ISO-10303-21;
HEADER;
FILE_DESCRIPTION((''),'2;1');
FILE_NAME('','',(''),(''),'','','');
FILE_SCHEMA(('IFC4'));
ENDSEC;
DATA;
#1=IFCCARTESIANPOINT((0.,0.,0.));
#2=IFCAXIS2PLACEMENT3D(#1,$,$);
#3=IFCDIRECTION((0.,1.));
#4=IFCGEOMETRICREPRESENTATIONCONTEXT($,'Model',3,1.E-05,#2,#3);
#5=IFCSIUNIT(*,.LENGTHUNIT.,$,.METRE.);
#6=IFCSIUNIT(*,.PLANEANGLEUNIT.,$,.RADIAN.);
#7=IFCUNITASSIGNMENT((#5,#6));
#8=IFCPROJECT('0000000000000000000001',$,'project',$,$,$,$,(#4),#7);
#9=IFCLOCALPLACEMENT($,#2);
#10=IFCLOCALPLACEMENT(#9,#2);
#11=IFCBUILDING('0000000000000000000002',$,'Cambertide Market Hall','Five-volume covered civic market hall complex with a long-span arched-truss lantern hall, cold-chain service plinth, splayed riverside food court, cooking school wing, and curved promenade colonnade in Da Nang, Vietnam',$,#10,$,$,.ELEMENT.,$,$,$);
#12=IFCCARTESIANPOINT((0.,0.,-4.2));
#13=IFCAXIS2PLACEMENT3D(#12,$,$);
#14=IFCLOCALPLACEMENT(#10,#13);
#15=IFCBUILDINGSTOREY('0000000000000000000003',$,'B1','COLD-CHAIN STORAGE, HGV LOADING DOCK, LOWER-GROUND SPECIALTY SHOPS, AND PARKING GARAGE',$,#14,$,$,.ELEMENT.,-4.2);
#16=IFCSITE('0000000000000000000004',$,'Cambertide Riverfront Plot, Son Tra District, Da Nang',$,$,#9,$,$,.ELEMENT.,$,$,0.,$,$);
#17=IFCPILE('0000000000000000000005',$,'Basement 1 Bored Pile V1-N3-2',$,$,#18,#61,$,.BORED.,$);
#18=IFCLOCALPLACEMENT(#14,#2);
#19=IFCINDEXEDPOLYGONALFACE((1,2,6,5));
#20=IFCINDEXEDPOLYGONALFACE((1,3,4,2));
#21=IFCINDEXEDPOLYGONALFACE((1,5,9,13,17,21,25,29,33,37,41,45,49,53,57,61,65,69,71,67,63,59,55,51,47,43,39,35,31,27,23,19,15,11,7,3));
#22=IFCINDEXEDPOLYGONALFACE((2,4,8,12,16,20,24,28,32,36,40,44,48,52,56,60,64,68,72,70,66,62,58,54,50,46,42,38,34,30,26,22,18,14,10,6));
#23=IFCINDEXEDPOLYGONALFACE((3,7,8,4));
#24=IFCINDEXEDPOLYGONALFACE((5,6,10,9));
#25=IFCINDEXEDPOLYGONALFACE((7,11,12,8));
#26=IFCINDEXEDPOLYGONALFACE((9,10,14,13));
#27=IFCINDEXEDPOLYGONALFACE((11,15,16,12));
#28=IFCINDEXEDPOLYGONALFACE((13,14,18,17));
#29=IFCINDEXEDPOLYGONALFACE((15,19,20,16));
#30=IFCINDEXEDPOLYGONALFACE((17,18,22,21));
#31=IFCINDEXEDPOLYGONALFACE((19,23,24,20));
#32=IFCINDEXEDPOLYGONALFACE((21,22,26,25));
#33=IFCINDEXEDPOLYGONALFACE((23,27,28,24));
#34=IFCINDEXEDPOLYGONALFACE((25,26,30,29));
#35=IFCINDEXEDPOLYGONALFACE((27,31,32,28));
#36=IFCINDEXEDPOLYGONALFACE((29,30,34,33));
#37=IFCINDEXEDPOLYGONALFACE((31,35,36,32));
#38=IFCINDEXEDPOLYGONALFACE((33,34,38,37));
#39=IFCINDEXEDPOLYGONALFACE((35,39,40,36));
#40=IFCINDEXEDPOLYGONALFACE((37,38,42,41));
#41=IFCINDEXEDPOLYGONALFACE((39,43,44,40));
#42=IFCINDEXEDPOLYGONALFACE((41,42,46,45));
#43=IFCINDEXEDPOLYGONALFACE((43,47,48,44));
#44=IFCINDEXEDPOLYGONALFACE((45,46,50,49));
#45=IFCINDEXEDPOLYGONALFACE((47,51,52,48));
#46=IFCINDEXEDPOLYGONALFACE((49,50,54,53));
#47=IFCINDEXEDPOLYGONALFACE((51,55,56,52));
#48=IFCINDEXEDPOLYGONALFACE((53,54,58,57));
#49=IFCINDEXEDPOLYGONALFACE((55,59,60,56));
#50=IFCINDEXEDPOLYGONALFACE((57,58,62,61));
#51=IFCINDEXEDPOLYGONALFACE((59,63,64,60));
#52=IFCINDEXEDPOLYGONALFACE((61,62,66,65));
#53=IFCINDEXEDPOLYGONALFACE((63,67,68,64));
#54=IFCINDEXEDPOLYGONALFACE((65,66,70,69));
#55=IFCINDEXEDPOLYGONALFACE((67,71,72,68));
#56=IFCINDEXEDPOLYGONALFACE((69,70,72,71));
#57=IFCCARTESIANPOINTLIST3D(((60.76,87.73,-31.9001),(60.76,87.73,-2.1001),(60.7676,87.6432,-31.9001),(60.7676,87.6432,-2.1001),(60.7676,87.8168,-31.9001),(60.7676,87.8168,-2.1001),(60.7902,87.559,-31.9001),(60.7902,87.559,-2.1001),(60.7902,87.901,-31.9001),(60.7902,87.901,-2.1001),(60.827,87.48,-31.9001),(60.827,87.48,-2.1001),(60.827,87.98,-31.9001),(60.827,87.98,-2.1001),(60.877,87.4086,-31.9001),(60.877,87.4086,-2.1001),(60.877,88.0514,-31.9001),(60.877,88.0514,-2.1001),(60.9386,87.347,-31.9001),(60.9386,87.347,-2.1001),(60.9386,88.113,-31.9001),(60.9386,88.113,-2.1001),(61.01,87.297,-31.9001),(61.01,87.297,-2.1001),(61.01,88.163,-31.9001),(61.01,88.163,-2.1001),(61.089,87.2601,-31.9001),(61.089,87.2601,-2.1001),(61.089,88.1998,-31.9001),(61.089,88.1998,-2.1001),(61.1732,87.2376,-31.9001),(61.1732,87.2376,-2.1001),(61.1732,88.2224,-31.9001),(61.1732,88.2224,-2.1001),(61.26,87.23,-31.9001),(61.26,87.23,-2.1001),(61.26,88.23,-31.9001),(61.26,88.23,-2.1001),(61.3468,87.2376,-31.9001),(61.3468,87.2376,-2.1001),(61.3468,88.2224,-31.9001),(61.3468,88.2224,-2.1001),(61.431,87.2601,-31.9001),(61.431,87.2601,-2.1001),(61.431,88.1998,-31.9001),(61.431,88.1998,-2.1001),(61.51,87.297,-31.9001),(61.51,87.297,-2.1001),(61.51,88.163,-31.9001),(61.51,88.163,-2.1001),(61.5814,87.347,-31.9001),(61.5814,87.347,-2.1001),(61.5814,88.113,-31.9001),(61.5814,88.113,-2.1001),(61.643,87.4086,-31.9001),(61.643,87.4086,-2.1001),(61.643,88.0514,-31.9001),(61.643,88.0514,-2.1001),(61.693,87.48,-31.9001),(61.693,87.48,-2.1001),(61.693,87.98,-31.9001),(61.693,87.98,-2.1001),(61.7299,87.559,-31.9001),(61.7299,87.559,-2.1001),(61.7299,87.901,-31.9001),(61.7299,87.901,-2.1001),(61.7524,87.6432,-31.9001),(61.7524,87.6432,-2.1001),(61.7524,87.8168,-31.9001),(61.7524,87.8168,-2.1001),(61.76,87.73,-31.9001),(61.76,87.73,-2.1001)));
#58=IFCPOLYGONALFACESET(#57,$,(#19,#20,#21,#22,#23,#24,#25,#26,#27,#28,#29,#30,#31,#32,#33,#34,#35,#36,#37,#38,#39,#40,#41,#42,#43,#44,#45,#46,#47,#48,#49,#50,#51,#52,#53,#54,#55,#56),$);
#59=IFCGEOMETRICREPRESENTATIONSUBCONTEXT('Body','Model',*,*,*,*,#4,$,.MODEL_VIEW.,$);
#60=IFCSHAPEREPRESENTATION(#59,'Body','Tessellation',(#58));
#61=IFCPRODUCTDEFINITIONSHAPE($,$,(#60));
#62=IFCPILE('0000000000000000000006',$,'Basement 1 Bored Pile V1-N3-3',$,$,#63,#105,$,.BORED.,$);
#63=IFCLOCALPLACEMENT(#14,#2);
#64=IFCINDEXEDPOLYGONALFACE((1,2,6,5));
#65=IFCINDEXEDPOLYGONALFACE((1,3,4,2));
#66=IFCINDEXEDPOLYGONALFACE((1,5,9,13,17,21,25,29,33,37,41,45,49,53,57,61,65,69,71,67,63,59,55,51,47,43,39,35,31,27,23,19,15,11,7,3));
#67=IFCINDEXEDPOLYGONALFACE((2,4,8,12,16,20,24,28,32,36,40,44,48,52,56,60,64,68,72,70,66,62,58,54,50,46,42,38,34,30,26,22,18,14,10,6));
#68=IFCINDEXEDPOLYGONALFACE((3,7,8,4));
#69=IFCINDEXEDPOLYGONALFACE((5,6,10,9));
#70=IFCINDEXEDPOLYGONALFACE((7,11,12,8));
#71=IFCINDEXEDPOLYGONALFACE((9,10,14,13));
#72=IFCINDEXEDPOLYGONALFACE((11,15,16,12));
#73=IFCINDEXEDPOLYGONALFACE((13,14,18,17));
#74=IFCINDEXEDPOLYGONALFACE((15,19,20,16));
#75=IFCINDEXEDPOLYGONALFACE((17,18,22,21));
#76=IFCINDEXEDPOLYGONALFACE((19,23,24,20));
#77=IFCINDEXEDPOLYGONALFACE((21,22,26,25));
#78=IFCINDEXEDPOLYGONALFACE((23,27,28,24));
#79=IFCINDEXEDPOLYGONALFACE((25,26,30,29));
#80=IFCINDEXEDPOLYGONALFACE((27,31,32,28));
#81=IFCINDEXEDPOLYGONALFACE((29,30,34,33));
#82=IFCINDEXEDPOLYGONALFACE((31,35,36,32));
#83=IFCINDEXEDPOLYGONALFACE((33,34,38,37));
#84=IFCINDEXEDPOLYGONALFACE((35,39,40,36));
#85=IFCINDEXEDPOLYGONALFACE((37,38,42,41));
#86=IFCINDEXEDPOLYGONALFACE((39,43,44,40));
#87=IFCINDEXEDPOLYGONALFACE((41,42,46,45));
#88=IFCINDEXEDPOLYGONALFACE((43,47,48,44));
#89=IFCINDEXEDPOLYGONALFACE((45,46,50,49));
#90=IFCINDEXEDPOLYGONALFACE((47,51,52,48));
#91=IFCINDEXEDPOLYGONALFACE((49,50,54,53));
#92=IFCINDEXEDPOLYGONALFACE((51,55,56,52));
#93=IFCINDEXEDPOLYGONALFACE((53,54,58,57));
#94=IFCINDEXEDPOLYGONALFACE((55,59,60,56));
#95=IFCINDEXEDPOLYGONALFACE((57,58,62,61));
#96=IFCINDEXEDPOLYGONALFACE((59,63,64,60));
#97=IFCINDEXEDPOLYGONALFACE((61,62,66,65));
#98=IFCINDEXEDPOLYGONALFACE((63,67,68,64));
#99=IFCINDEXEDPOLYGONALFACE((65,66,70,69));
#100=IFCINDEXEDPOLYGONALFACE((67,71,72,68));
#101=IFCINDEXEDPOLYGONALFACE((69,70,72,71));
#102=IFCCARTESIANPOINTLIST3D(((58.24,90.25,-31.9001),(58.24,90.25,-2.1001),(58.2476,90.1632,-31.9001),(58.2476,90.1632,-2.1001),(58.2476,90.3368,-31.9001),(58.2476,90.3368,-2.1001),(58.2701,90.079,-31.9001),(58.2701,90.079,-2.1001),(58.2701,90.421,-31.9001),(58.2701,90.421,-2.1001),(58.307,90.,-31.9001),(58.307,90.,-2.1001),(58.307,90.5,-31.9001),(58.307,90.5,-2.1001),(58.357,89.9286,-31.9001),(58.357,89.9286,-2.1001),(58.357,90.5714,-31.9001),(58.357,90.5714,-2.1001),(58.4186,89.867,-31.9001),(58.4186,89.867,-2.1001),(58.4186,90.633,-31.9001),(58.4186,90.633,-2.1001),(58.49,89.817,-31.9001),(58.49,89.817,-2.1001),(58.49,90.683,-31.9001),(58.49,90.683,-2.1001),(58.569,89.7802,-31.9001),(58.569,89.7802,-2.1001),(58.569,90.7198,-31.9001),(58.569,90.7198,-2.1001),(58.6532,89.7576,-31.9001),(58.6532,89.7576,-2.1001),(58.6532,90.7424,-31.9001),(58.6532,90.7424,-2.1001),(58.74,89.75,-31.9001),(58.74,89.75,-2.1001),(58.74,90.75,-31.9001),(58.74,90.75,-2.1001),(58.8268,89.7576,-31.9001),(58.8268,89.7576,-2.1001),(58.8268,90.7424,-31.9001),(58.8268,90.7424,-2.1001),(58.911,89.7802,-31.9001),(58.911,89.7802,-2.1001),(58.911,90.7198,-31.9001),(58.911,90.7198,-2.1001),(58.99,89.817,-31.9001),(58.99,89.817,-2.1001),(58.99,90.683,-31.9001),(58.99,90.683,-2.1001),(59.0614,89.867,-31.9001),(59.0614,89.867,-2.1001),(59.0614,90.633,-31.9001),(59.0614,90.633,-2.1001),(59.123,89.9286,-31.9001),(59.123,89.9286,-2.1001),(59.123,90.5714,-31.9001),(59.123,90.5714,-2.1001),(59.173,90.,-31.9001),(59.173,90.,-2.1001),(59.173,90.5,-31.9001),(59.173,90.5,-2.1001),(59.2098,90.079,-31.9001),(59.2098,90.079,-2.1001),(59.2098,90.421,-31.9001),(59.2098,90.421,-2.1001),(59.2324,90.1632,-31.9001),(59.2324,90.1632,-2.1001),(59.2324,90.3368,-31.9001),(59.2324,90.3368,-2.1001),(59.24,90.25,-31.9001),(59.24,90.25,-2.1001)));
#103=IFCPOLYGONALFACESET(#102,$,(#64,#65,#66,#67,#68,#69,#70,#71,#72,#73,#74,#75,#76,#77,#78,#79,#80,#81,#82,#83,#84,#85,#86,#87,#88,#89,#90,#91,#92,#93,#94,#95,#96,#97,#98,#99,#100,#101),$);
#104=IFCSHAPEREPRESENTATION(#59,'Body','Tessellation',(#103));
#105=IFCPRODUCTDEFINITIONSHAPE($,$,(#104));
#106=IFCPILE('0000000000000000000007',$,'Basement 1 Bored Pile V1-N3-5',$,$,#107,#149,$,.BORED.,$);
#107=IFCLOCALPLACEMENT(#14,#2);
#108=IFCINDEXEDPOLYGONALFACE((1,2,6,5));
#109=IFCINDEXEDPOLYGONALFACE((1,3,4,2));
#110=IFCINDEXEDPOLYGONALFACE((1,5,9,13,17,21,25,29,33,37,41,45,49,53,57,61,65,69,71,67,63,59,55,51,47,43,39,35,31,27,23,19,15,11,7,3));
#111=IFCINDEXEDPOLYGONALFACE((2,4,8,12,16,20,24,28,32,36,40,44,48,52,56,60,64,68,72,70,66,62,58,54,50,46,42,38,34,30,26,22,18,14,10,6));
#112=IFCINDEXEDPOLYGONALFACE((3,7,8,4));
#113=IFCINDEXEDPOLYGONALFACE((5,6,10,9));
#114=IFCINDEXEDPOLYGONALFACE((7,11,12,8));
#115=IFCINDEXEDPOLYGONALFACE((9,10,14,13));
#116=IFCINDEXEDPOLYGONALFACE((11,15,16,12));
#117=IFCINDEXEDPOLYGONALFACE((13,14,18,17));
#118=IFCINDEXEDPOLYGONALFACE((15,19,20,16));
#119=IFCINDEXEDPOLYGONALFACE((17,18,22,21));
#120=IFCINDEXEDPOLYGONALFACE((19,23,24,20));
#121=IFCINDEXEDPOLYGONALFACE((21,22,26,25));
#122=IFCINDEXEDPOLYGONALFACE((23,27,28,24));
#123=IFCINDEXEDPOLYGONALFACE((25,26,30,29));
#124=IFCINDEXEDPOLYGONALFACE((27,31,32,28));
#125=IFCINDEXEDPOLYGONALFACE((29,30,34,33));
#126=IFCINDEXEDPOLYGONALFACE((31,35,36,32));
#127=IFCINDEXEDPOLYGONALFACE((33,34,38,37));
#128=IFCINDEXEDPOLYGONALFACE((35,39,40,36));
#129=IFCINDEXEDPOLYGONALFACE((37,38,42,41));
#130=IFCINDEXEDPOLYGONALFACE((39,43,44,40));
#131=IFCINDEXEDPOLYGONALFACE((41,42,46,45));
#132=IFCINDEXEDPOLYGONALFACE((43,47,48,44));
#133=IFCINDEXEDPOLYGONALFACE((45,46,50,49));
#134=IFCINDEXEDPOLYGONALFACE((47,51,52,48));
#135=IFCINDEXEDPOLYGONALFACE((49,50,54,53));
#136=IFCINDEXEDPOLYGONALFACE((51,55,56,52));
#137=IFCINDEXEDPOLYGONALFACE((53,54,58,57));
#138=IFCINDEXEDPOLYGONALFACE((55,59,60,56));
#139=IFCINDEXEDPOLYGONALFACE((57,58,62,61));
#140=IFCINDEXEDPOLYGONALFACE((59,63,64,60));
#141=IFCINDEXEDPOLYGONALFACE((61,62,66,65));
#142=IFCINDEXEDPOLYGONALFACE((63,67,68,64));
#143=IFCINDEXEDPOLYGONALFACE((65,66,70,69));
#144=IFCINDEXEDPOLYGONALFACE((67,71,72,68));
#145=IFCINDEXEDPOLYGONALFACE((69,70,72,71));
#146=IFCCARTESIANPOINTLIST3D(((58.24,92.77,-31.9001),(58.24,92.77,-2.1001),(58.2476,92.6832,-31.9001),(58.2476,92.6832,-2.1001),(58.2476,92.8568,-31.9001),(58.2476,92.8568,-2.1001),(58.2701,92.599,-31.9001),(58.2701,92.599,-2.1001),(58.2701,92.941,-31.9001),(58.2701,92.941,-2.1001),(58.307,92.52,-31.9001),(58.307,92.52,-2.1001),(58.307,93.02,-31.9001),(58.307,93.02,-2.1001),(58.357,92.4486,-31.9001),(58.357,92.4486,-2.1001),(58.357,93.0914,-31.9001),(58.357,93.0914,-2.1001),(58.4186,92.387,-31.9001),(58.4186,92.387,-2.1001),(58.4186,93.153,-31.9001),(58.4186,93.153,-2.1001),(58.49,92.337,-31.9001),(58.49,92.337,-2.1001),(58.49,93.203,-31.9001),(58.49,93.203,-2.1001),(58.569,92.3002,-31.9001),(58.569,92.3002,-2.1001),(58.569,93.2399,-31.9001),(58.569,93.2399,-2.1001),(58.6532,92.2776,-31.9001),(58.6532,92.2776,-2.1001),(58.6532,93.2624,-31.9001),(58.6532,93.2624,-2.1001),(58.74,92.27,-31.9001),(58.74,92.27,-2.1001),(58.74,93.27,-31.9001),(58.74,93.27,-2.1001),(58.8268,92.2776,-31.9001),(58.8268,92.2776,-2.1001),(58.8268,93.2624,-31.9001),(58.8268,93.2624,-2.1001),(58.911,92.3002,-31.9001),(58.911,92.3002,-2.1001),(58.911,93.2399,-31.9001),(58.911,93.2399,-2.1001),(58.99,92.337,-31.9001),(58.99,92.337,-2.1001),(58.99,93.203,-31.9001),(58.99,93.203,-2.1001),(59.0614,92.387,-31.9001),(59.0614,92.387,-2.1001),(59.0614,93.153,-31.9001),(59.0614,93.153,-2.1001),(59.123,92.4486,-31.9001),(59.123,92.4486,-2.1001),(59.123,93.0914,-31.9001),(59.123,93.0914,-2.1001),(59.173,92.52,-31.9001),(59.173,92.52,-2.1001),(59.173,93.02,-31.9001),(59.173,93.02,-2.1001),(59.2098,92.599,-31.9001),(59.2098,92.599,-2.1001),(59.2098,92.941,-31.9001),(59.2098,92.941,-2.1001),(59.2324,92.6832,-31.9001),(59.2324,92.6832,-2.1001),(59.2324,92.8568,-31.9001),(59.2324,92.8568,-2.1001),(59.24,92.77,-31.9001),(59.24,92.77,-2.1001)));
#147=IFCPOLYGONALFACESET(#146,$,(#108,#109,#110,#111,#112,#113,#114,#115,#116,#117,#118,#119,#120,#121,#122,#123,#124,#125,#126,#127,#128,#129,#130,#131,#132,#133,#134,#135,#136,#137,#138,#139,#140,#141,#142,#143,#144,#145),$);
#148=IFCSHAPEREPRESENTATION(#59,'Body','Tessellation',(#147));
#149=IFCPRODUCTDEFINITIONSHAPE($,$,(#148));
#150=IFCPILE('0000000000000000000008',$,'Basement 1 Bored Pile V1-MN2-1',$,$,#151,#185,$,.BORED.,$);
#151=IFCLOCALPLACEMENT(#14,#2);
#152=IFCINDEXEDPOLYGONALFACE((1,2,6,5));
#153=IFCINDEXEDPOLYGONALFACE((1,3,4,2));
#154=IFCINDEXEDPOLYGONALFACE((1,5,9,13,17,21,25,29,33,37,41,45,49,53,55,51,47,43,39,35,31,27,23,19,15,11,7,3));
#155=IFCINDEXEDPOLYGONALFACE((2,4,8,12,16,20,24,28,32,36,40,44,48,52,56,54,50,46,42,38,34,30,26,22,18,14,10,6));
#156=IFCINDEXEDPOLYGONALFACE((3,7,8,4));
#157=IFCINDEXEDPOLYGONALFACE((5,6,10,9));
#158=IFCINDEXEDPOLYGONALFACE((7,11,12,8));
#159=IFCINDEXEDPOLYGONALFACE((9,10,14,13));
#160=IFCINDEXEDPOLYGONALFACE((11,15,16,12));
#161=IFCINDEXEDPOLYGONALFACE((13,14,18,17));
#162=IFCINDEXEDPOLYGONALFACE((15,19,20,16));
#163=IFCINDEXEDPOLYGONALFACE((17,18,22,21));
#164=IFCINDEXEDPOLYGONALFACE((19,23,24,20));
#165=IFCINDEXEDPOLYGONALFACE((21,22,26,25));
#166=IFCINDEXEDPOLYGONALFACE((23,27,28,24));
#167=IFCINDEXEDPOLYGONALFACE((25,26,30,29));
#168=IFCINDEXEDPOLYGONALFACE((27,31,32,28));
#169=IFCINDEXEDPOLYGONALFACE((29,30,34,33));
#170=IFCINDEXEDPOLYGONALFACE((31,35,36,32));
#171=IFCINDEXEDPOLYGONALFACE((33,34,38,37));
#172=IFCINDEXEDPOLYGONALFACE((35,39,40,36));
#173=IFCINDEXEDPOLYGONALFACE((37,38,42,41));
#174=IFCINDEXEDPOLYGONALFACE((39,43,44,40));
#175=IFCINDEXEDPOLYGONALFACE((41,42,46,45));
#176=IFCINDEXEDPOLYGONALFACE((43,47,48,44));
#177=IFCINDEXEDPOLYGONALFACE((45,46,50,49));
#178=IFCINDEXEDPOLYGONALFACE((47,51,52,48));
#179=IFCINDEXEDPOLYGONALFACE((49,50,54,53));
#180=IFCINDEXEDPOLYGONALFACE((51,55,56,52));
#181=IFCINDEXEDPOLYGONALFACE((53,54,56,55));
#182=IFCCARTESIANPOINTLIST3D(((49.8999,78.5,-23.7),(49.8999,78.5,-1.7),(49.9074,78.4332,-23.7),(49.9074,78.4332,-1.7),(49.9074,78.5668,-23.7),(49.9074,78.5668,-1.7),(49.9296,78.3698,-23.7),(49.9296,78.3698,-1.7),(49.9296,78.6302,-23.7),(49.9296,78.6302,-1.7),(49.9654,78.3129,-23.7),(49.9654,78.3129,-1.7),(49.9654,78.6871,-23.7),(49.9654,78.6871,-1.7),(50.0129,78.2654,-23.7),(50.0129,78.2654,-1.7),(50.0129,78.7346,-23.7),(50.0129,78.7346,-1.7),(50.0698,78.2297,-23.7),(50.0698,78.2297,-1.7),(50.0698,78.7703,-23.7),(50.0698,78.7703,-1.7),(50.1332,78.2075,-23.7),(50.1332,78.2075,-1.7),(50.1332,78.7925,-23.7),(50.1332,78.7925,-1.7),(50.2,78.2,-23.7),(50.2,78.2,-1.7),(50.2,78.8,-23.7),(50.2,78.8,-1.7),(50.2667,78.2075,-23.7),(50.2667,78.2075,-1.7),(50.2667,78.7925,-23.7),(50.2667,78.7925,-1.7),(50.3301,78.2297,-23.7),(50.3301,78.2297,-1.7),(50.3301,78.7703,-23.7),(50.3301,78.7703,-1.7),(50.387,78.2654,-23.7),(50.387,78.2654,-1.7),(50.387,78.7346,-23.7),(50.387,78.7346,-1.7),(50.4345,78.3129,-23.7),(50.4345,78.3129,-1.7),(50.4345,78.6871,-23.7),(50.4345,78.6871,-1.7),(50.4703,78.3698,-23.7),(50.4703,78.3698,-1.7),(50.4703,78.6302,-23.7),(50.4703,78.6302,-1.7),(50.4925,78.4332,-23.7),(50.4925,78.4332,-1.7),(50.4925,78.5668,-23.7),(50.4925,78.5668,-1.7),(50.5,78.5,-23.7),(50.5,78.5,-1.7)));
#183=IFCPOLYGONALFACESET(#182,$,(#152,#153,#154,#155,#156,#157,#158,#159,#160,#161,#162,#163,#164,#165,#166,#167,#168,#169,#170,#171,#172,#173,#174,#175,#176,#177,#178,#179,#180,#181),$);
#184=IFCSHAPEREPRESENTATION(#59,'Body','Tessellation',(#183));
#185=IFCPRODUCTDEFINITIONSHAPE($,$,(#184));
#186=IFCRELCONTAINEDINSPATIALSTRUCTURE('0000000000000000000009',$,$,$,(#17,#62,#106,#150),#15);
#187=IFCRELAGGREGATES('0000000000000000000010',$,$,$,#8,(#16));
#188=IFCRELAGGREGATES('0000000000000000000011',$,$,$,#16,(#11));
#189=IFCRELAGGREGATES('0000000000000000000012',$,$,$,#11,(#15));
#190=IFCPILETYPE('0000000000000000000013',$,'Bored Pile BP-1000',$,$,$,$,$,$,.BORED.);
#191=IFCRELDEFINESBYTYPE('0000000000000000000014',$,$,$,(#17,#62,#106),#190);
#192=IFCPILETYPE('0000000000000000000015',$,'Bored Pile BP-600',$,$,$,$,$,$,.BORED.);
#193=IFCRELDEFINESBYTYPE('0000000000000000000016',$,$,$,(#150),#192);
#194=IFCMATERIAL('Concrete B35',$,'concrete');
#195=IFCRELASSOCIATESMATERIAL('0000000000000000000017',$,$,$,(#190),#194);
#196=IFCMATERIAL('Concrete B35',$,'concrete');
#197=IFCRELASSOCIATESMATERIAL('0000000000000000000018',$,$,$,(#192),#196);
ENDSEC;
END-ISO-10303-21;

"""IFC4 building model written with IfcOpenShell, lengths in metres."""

from ifc_helpers import new_model, si_unit, direction, frame, origin, origin_2d, place, context, subcontext, project, spatial, circle, extrude, material, material_profile, profile_set, type_object, element, save


model = new_model("IFC4")

# Units and contexts
model_context = context("Model", 3, precision=1e-05, world=origin(), true_north=direction((0.0, 1.0)))
body_context = subcontext(model_context, "Body", "Model", "MODEL_VIEW")
ifc_project = project(units=[si_unit("LENGTHUNIT", "METRE"), si_unit("PLANEANGLEUNIT", "RADIAN")], contexts=[model_context])

# Site, building, storey
site_placement = place(None, origin())
site = spatial("IfcSite", under=ifc_project, at=site_placement, Name="Cambertide Riverfront Plot, Son Tra District, Da Nang", CompositionType="ELEMENT", RefElevation=0.0)
building_placement = place(site_placement, origin())
building = spatial("IfcBuilding", under=site, at=building_placement, Name="Cambertide Market Hall", Description="Five-volume covered civic market hall complex with a long-span arched-truss lantern hall, cold-chain service plinth, splayed riverside food court, cooking school wing, and curved promenade colonnade in Da Nang, Vietnam", CompositionType="ELEMENT")
storey_placement = place(building_placement, frame((0.0, 0.0, -4.2)))
storey = spatial("IfcBuildingStorey", under=building, at=storey_placement, Name="B1", Description="COLD-CHAIN STORAGE, HGV LOADING DOCK, LOWER-GROUND SPECIALTY SHOPS, AND PARKING GARAGE", CompositionType="ELEMENT", Elevation=-4.2)

# Piles
ifc_material_1 = material(Name="Concrete B35", Category="concrete")
ifc_material_profile_1 = material_profile(ifc_material_1, circle(Radius=0.5, at=origin_2d()), Name="BP D1000")
ifc_profile_set_1 = profile_set([ifc_material_profile_1], Name="Concrete B35")
pile_type_1 = type_object("IfcPileType", Name="Bored Pile BP-1000", PredefinedType="BORED", material=ifc_profile_set_1)
for number, where, z_axis, x_axis, name in (
    (1, (61.26, 87.73, -2.1001), (0.0, 0.0, -1.0), (1.0, 0.0, 0.0), "Basement 1 Bored Pile V1-N3-2"),
    (2, (58.74, 90.25, -2.1001), (0.0, 0.0, -1.0), (1.0, 0.0, 0.0), "Basement 1 Bored Pile V1-N3-3"),
    (3, (58.74, 92.77, -2.1001), (0.0, 0.0, -1.0), (1.0, 0.0, 0.0), "Basement 1 Bored Pile V1-N3-5"),
):
    element("IfcPile", number, at=place(storey_placement, frame(where, z_axis=z_axis, x_axis=x_axis)), inside=storey, type_object=pile_type_1, Name=name, PredefinedType="BORED", context=body_context, shape_type="SweptSolid", body=[
        extrude(circle(Radius=0.5, at=origin_2d()), origin(), (0.0, 0.0, 1.0), 29.8),
    ])
ifc_material_2 = material(Name="Concrete B35", Category="concrete")
ifc_material_profile_2 = material_profile(ifc_material_2, circle(Radius=0.3, at=origin_2d()), Name="BP D600")
ifc_profile_set_2 = profile_set([ifc_material_profile_2], Name="Concrete B35")
pile_type_2 = type_object("IfcPileType", Name="Bored Pile BP-600", PredefinedType="BORED", material=ifc_profile_set_2)
for number, where, z_axis, x_axis, name in (
    (4, (50.2, 78.5, -1.7), (0.0, 0.0, -1.0), (1.0, 0.0, 0.0), "Basement 1 Bored Pile V1-MN2-1"),
):
    element("IfcPile", number, at=place(storey_placement, frame(where, z_axis=z_axis, x_axis=x_axis)), inside=storey, type_object=pile_type_2, Name=name, PredefinedType="BORED", context=body_context, shape_type="SweptSolid", body=[
        extrude(circle(Radius=0.3, at=origin_2d()), origin(), (0.0, 0.0, 1.0), 22.0),
    ])

save(model, "model.ifc")
